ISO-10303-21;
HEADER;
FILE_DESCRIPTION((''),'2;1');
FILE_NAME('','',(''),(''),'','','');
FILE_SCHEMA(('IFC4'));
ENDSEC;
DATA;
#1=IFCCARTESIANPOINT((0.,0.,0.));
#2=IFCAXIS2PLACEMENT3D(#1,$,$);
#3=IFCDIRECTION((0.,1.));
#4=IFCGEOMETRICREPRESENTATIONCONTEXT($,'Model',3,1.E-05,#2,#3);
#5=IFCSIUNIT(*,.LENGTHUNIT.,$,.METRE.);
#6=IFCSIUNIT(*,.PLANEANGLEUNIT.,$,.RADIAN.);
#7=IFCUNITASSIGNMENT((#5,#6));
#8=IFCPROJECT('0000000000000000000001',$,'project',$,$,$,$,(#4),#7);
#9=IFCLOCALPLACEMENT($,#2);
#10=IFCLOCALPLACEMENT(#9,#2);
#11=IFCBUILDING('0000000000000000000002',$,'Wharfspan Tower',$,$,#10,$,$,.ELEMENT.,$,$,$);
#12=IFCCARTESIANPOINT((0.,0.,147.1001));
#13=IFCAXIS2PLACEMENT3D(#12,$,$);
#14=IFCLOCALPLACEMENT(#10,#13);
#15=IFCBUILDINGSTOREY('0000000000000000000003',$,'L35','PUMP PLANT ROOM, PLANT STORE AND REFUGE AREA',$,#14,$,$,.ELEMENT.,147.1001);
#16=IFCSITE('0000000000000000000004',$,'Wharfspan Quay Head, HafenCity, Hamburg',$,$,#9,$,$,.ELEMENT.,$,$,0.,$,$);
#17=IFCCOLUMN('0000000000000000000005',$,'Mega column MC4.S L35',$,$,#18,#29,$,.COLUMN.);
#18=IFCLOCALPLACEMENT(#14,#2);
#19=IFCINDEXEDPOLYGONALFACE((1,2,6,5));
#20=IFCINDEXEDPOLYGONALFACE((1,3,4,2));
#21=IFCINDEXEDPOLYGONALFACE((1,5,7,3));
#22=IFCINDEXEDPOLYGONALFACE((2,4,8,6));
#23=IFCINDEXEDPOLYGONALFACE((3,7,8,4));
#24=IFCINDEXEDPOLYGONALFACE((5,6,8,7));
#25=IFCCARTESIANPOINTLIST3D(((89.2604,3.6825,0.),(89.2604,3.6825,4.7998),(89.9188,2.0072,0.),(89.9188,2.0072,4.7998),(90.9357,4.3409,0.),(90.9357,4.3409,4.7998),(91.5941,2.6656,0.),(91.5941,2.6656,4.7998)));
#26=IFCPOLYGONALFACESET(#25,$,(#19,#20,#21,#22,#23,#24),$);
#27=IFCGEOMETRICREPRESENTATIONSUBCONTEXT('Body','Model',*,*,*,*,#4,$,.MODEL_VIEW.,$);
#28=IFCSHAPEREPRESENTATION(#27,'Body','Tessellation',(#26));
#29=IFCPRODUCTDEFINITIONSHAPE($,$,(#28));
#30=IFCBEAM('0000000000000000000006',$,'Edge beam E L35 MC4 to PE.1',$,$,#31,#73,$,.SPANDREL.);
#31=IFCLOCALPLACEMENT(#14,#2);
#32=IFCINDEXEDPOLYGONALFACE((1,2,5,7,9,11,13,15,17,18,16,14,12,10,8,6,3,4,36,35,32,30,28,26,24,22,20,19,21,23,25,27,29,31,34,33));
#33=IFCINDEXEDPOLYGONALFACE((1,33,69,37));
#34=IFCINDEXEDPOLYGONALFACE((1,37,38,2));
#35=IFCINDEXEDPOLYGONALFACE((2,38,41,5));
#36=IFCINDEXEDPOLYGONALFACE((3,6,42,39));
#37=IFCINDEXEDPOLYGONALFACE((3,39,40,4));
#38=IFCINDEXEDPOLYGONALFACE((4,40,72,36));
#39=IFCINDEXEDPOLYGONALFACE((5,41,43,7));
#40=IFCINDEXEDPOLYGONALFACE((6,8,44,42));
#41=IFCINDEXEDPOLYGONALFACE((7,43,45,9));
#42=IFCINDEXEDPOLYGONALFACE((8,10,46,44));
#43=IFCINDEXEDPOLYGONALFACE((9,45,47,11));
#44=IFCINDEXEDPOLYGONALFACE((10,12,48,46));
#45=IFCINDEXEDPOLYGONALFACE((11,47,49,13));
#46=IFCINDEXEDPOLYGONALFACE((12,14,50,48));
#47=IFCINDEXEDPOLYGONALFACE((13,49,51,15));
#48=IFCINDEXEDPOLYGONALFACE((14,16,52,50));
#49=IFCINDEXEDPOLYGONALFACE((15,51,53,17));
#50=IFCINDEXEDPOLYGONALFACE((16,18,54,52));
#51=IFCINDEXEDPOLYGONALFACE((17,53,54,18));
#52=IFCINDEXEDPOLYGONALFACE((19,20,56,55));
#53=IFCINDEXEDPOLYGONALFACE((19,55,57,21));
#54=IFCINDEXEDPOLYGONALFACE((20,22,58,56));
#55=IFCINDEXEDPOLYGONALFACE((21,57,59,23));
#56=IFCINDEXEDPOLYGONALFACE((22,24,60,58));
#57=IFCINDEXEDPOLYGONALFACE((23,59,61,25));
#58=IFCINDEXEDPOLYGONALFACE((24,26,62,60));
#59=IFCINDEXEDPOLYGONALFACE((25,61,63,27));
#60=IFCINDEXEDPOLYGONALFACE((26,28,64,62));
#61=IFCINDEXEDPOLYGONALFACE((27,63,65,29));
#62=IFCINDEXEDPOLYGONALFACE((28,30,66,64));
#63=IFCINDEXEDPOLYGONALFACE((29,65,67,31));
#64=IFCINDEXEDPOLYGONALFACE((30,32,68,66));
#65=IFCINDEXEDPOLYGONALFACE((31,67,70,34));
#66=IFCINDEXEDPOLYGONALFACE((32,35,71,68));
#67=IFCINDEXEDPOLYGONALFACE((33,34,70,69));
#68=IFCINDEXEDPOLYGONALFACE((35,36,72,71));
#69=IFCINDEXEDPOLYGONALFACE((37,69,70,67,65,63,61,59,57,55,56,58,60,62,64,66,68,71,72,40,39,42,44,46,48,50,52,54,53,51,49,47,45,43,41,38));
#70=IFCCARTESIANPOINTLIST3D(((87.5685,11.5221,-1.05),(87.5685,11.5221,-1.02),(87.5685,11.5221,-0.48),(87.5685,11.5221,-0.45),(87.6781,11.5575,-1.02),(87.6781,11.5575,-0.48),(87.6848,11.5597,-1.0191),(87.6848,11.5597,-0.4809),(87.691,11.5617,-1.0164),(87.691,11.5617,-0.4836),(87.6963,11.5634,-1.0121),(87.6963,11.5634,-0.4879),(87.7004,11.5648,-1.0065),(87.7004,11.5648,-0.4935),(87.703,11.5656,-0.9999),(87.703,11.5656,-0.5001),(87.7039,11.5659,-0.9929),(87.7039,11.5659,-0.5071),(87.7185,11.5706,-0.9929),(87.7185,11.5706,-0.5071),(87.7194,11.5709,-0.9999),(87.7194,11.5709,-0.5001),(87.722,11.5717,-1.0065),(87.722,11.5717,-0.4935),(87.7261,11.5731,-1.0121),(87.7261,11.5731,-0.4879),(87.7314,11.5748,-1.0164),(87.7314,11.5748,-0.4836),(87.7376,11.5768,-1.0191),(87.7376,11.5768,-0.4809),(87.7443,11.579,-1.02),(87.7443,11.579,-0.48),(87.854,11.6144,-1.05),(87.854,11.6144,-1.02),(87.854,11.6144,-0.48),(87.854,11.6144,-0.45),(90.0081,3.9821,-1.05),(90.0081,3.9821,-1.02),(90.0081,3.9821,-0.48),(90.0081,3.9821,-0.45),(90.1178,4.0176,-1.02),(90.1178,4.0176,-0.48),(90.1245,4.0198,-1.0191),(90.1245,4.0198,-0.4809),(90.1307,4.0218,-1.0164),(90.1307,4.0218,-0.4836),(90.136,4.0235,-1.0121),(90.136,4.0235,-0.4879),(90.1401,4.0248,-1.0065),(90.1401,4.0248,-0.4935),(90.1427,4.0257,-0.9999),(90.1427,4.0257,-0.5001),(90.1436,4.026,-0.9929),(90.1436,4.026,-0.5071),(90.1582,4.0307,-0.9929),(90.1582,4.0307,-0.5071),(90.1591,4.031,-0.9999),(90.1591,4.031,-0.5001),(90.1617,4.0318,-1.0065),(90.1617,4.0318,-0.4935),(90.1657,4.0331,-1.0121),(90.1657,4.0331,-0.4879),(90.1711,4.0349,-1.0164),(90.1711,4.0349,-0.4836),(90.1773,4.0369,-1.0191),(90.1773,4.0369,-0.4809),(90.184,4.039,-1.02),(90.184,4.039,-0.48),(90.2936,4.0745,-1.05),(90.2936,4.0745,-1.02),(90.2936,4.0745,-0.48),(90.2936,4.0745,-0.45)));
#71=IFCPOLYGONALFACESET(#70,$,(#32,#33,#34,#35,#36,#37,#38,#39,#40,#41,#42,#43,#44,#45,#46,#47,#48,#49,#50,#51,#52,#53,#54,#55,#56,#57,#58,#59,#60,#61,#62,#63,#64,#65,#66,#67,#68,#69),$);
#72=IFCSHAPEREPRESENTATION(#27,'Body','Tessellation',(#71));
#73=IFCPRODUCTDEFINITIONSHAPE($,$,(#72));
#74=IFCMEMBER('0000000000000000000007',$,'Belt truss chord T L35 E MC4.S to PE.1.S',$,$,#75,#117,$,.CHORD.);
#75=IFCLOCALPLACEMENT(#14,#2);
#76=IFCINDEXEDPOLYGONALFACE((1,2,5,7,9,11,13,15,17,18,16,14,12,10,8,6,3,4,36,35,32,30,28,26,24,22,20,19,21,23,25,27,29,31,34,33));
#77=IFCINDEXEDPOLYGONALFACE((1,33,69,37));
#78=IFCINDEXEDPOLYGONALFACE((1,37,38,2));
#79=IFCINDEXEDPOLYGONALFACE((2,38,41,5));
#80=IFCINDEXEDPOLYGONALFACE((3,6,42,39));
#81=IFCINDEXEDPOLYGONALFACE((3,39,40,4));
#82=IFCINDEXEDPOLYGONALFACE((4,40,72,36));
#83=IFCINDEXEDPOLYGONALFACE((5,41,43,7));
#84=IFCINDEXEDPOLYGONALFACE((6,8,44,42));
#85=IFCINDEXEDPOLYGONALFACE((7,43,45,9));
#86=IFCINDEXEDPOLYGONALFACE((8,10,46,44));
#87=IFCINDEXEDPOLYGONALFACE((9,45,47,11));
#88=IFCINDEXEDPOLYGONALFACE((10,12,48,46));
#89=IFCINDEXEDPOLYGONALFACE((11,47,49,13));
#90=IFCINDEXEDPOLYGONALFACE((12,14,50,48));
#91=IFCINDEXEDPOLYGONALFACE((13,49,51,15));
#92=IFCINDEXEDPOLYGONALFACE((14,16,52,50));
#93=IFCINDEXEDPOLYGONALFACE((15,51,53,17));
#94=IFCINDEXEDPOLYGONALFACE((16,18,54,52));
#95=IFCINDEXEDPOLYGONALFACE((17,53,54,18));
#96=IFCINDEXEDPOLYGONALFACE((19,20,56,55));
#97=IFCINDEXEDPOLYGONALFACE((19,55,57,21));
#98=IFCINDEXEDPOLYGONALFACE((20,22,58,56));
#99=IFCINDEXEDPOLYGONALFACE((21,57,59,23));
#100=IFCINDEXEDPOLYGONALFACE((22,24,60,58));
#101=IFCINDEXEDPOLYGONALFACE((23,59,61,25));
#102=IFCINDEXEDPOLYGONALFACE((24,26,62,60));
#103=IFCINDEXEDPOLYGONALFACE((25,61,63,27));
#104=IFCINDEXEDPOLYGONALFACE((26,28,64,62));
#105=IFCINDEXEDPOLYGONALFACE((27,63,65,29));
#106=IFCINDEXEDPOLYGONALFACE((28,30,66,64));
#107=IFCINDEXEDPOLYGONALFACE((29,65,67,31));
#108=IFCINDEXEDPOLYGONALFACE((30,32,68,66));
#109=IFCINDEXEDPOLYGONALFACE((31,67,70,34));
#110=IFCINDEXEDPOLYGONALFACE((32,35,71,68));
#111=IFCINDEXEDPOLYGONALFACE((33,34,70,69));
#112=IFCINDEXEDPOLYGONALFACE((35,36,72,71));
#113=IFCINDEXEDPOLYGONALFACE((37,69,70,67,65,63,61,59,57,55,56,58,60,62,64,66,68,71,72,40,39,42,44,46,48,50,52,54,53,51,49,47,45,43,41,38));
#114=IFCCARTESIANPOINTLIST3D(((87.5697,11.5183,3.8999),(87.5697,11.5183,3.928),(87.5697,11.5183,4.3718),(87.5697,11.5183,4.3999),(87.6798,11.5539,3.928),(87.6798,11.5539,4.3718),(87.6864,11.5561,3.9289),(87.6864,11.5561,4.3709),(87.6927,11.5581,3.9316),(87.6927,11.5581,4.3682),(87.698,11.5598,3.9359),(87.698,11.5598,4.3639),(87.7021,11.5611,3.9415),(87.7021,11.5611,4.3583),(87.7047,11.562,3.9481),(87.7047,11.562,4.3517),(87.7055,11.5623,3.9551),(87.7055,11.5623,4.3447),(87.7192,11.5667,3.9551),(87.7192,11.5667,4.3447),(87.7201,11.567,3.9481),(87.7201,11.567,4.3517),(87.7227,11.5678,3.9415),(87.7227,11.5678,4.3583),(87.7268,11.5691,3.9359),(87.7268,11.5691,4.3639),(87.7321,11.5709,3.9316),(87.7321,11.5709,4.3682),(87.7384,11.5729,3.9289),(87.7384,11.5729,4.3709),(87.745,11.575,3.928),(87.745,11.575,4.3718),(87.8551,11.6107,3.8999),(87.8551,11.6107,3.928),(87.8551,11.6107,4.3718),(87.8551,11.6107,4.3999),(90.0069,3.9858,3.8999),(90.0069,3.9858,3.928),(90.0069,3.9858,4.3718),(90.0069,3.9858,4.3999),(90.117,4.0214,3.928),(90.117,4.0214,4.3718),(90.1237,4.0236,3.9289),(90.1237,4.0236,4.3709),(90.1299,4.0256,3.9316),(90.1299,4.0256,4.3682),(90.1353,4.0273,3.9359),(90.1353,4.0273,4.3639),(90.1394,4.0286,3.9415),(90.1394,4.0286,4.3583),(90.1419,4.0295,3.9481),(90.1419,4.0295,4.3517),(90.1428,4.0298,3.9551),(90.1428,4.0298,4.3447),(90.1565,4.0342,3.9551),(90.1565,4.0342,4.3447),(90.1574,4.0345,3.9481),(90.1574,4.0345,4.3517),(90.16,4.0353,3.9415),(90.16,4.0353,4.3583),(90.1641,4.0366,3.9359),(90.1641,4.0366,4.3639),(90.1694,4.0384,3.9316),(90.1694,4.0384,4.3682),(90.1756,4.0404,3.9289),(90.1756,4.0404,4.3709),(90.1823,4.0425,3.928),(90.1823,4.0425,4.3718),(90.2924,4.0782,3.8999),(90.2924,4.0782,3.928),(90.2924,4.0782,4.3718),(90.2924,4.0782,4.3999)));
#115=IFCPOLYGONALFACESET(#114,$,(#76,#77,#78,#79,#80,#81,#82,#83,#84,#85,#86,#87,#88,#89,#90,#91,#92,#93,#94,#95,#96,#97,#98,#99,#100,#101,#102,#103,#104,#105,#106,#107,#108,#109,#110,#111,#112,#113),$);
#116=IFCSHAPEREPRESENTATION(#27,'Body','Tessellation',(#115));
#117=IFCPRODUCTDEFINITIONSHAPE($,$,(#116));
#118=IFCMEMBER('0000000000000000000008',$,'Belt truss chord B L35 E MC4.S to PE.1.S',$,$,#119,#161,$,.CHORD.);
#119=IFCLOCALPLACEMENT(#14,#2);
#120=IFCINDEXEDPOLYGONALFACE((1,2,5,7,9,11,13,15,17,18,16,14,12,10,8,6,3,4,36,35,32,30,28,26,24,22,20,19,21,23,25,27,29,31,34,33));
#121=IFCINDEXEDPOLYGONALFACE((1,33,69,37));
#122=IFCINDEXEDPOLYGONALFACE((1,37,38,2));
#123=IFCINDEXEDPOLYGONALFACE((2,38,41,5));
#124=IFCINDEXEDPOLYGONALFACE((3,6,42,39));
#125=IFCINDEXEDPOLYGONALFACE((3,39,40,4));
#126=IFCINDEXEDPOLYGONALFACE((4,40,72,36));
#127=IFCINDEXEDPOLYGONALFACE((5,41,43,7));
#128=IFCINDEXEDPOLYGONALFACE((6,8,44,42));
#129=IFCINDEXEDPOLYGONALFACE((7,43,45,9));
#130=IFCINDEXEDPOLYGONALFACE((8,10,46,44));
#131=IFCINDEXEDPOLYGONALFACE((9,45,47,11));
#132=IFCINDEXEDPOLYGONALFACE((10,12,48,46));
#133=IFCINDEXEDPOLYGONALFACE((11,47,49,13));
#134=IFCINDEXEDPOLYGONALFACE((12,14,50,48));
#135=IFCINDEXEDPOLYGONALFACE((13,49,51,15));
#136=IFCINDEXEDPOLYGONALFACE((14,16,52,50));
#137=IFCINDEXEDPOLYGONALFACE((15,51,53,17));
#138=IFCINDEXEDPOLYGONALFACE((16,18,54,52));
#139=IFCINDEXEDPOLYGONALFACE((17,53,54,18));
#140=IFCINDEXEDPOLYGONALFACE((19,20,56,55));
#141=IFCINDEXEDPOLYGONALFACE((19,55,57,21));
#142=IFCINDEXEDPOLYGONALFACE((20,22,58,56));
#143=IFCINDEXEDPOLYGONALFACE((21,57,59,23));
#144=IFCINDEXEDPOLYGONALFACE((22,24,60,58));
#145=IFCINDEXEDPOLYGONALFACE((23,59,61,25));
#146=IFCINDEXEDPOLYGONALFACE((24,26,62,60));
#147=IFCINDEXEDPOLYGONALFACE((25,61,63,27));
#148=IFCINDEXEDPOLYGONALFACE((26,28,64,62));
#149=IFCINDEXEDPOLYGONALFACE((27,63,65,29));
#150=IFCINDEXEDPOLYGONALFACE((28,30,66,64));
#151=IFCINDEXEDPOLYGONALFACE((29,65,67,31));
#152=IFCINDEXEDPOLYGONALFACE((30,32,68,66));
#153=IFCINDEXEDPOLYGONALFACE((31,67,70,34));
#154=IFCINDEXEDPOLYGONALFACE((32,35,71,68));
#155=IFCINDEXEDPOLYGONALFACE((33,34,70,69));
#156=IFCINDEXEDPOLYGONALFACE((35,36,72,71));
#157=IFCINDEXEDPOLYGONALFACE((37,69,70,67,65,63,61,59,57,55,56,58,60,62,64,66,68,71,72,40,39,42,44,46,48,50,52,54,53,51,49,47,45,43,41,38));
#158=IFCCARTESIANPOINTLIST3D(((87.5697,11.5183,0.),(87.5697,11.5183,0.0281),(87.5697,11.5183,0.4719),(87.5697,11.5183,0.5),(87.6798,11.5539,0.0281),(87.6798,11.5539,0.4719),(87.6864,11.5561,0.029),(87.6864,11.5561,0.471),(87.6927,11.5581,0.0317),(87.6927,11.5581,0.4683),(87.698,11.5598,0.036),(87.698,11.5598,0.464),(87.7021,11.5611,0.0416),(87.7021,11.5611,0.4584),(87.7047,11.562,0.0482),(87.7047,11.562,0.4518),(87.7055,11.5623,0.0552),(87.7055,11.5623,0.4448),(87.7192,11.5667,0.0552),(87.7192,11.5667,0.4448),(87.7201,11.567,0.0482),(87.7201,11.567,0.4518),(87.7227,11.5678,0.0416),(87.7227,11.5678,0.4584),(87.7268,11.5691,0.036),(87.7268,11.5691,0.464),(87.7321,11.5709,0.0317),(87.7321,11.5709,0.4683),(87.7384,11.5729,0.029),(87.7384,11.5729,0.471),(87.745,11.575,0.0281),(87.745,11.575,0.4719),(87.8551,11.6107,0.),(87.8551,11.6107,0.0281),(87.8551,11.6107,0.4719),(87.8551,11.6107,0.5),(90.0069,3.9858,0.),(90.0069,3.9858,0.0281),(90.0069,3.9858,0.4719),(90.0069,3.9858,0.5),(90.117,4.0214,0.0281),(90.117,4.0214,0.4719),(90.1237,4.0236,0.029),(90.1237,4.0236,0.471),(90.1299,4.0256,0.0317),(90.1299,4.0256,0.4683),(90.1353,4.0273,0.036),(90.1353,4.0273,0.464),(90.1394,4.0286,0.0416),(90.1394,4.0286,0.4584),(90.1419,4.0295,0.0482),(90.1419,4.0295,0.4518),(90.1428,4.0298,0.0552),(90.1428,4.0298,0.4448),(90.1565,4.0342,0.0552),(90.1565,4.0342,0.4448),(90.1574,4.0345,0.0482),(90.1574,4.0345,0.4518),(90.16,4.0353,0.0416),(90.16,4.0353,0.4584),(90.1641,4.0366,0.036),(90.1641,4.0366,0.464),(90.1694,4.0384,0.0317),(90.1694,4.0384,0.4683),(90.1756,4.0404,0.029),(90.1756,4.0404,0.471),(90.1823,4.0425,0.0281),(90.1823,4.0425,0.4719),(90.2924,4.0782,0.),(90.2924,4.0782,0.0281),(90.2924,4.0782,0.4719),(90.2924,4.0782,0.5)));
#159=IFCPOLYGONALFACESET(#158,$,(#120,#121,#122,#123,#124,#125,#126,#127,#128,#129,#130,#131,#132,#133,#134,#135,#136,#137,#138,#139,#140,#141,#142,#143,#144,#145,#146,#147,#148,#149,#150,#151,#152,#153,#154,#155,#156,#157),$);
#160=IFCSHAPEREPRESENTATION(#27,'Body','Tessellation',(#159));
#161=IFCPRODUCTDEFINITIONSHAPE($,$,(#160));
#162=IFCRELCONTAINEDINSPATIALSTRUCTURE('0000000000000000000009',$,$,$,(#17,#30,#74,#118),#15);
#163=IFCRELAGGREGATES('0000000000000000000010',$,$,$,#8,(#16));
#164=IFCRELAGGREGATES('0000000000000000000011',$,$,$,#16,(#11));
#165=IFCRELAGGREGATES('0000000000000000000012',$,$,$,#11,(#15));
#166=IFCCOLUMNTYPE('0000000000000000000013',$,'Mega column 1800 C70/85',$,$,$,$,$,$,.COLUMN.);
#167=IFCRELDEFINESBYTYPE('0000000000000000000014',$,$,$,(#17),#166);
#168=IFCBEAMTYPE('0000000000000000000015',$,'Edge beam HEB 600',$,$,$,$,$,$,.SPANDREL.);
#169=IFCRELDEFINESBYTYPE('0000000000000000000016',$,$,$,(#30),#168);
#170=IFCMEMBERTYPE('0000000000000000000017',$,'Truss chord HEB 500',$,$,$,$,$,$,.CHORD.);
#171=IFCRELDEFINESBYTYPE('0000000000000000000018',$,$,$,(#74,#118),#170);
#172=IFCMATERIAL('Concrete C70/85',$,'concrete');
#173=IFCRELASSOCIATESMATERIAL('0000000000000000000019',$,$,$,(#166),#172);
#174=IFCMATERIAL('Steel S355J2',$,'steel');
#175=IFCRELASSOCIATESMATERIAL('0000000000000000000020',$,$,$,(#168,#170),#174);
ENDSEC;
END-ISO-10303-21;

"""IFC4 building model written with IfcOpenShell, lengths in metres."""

from ifc_helpers import new_model, si_unit, direction, frame, origin, origin_2d, place, context, subcontext, project, spatial, rectangle, i_section, extrude, material, material_profile, profile_set, type_object, element, save


model = new_model("IFC4")

# Units and contexts
model_context = context("Model", 3, precision=1e-05, world=origin(), true_north=direction((0.0, 1.0)))
body_context = subcontext(model_context, "Body", "Model", "MODEL_VIEW")
ifc_project = project(units=[si_unit("LENGTHUNIT", "METRE"), si_unit("PLANEANGLEUNIT", "RADIAN")], contexts=[model_context])

# Site, building, storey
site_placement = place(None, origin())
site = spatial("IfcSite", under=ifc_project, at=site_placement, Name="Wharfspan Quay Head, HafenCity, Hamburg", CompositionType="ELEMENT", RefElevation=0.0)
building_placement = place(site_placement, origin())
building = spatial("IfcBuilding", under=site, at=building_placement, Name="Wharfspan Tower", CompositionType="ELEMENT")
storey_placement = place(building_placement, frame((0.0, 0.0, 147.1001)))
storey = spatial("IfcBuildingStorey", under=building, at=storey_placement, Name="L35", Description="PUMP PLANT ROOM, PLANT STORE AND REFUGE AREA", CompositionType="ELEMENT", Elevation=147.1001)

# Column
ifc_material_1 = material(Name="Concrete C70/85", Category="concrete")
ifc_material_profile_1 = material_profile(ifc_material_1, rectangle(XDim=1.8, YDim=1.8, at=origin_2d()))
ifc_profile_set_1 = profile_set([ifc_material_profile_1], Name="Concrete C70/85")
column_type = type_object("IfcColumnType", Name="Mega column 1800 C70/85", PredefinedType="COLUMN", material=ifc_profile_set_1)
column_placement = place(storey_placement, frame((90.4272, 3.1741, 0.0), z_axis=(0.0, 0.0, 1.0), x_axis=(-0.365778, 0.930702, 0.0)))
element("IfcColumn", 1, at=column_placement, inside=storey, type_object=column_type, Name="Mega column MC4.S L35", PredefinedType="COLUMN", context=body_context, shape_type="SweptSolid", body=[
    extrude(rectangle(XDim=1.8, YDim=1.8, at=origin_2d()), origin(), (0.0, 0.0, 1.0), 4.7998),
])

# Beam
ifc_material_2 = material(Name="Steel S355J2", Category="steel")
ifc_material_profile_2 = material_profile(ifc_material_2, i_section(OverallWidth=0.3, OverallDepth=0.6001, WebThickness=0.0154, FlangeThickness=0.03, FilletRadius=0.0271, at=origin_2d()))
ifc_profile_set_2 = profile_set([ifc_material_profile_2], Name="Steel S355J2")
beam_type = type_object("IfcBeamType", Name="Edge beam HEB 600", PredefinedType="SPANDREL", material=ifc_profile_set_2)
beam_placement = place(storey_placement, frame((90.1509, 4.0283, -0.75), z_axis=(-0.307851, 0.951434, 0.0), x_axis=(-0.951434, -0.307851, 0.0)))
element("IfcBeam", 2, at=beam_placement, inside=storey, type_object=beam_type, Name="Edge beam E L35 MC4 to PE.1", PredefinedType="SPANDREL", context=body_context, shape_type="SweptSolid", body=[
    extrude(i_section(OverallWidth=0.3, OverallDepth=0.6001, WebThickness=0.0154, FlangeThickness=0.03, FilletRadius=0.0271, at=origin_2d()), origin(), (0.0, 0.0, 1.0), 7.9248),
])

# Members
ifc_material_profile_3 = material_profile(ifc_material_2, i_section(OverallWidth=0.3, OverallDepth=0.5, WebThickness=0.0144, FlangeThickness=0.0281, FilletRadius=0.0271, at=origin_2d()))
ifc_profile_set_3 = profile_set([ifc_material_profile_3], Name="Steel S355J2")
member_type_1 = type_object("IfcMemberType", Name="Truss chord HEB 500", PredefinedType="CHORD", material=ifc_profile_set_3)
for number, where, z_axis, x_axis, name in (
    (3, (90.1497, 4.032, 4.1499), (-0.307852, 0.951434, 0.0), (-0.951434, -0.307852, 0.0), "Belt truss chord T L35 E MC4.S to PE.1.S"),
    (4, (90.1497, 4.032, 0.25), (-0.307852, 0.951434, 0.0), (-0.951434, -0.307852, 0.0), "Belt truss chord B L35 E MC4.S to PE.1.S"),
):
    element("IfcMember", number, at=place(storey_placement, frame(where, z_axis=z_axis, x_axis=x_axis)), inside=storey, type_object=member_type_1, Name=name, PredefinedType="CHORD", context=body_context, shape_type="SweptSolid", body=[
        extrude(i_section(OverallWidth=0.3, OverallDepth=0.5, WebThickness=0.0144, FlangeThickness=0.0281, FilletRadius=0.0271, at=origin_2d()), origin(), (0.0, 0.0, 1.0), 7.917),
    ])

save(model, "model.ifc")
